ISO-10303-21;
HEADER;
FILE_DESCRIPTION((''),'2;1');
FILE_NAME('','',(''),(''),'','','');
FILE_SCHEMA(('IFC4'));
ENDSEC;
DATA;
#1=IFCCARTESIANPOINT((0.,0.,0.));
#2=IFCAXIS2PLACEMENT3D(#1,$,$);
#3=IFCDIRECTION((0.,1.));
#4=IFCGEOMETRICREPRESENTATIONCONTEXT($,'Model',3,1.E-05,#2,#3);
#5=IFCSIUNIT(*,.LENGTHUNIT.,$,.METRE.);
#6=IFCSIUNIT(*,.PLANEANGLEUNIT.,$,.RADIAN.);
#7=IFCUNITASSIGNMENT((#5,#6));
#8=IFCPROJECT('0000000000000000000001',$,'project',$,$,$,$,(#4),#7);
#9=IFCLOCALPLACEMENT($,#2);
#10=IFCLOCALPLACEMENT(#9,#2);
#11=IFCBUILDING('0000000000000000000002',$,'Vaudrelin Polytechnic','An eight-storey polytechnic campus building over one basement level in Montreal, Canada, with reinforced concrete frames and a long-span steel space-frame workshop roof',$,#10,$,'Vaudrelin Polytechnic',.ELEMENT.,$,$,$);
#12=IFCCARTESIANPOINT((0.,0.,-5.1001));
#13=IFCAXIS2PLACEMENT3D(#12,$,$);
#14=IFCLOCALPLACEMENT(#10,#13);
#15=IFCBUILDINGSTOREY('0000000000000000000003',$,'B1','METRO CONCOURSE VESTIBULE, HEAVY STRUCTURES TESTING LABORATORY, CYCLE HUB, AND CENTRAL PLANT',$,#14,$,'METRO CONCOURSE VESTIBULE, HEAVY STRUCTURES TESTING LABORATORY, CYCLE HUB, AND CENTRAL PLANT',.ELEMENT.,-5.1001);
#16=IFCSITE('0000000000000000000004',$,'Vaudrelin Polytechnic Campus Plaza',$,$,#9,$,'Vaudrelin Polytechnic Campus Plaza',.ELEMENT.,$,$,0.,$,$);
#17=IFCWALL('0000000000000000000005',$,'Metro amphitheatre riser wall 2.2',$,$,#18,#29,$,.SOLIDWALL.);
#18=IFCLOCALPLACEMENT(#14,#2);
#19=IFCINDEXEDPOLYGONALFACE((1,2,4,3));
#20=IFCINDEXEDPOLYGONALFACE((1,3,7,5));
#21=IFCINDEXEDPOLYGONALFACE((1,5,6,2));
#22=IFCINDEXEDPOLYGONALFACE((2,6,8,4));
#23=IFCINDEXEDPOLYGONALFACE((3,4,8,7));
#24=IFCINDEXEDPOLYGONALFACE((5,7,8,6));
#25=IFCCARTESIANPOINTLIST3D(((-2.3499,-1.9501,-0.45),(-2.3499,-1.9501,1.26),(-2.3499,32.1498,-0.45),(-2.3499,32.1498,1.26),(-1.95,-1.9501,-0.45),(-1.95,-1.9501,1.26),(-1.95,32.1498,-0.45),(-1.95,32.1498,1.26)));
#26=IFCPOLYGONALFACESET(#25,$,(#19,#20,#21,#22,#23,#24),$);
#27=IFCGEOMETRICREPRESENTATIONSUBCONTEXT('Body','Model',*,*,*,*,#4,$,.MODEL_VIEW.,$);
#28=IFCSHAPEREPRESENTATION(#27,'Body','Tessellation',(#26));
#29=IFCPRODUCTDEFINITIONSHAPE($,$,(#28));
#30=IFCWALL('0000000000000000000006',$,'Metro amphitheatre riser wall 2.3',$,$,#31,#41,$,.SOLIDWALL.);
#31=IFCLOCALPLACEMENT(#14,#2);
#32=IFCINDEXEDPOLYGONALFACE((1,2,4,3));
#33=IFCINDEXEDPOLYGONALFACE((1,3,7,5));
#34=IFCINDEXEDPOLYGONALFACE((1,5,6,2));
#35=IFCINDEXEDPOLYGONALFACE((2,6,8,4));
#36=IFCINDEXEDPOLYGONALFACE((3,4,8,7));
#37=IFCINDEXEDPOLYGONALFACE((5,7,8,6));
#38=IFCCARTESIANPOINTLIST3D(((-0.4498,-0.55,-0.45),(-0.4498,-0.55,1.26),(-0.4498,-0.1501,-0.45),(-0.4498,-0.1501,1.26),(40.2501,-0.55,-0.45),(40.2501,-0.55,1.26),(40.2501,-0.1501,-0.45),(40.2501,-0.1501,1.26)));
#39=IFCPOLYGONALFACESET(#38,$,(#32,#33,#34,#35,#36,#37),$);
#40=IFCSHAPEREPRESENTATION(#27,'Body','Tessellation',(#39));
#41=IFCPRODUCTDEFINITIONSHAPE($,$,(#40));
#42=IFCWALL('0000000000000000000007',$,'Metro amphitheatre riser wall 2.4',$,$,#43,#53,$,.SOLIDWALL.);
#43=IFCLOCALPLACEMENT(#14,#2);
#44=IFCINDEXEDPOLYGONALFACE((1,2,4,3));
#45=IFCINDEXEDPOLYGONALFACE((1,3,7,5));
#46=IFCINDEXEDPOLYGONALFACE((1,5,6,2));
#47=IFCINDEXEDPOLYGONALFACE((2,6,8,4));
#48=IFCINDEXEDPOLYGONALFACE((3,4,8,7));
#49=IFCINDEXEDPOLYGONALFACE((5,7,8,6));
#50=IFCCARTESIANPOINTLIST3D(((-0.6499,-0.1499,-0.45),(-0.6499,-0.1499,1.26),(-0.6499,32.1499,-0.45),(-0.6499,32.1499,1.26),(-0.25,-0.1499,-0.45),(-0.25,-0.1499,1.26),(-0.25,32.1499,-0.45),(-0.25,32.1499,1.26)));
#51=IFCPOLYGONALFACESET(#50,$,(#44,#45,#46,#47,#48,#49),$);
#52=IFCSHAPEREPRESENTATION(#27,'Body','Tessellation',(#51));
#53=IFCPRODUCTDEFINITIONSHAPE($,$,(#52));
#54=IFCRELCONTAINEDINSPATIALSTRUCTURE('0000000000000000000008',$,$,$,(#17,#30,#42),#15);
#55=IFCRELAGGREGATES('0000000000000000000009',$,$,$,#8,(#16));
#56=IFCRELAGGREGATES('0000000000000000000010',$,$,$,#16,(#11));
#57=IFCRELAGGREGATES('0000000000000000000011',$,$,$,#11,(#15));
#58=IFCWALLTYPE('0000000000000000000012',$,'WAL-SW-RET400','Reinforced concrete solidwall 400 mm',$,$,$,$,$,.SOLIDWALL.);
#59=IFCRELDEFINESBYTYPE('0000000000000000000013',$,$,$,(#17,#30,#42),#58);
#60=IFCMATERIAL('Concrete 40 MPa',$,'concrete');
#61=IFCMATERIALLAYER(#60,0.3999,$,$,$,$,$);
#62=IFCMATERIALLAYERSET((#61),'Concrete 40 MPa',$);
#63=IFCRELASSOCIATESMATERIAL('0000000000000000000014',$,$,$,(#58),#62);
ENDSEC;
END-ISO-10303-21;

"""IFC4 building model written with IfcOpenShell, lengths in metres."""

from ifc_helpers import new_model, si_unit, direction, frame, frame_2d, origin, place, context, subcontext, project, spatial, rectangle, extrude, material, layer, layer_set, type_object, element, save


model = new_model("IFC4")

# Units and contexts
model_context = context("Model", 3, precision=1e-05, world=origin(), true_north=direction((0.0, 1.0)))
body_context = subcontext(model_context, "Body", "Model", "MODEL_VIEW")
ifc_project = project(units=[si_unit("LENGTHUNIT", "METRE"), si_unit("PLANEANGLEUNIT", "RADIAN")], contexts=[model_context])

# Site, building, storey
site_placement = place(None, origin())
site = spatial("IfcSite", under=ifc_project, at=site_placement, Name="Vaudrelin Polytechnic Campus Plaza", LongName="Vaudrelin Polytechnic Campus Plaza", CompositionType="ELEMENT", RefElevation=0.0)
building_placement = place(site_placement, origin())
building = spatial("IfcBuilding", under=site, at=building_placement, Name="Vaudrelin Polytechnic", Description="An eight-storey polytechnic campus building over one basement level in Montreal, Canada, with reinforced concrete frames and a long-span steel space-frame workshop roof", LongName="Vaudrelin Polytechnic", CompositionType="ELEMENT")
storey_placement = place(building_placement, frame((0.0, 0.0, -5.1001)))
storey = spatial("IfcBuildingStorey", under=building, at=storey_placement, Name="B1", Description="METRO CONCOURSE VESTIBULE, HEAVY STRUCTURES TESTING LABORATORY, CYCLE HUB, AND CENTRAL PLANT", LongName="METRO CONCOURSE VESTIBULE, HEAVY STRUCTURES TESTING LABORATORY, CYCLE HUB, AND CENTRAL PLANT", CompositionType="ELEMENT", Elevation=-5.1001)

# Walls
ifc_material_1 = material(Name="Concrete 40 MPa", Category="concrete")
ifc_layer_1 = layer(ifc_material_1, 0.3999)
ifc_layer_set_1 = layer_set([ifc_layer_1], Name="Concrete 40 MPa")
wall_type = type_object("IfcWallType", Name="WAL-SW-RET400", Description="Reinforced concrete solidwall 400 mm", PredefinedType="SOLIDWALL", material=ifc_layer_set_1)
wall_1_placement = place(storey_placement, frame((-2.1499, -1.95, -0.45), z_axis=(0.0, 0.0, 1.0), x_axis=(0.0, 1.0, 0.0)))
element("IfcWall", 1, at=wall_1_placement, inside=storey, type_object=wall_type, Name="Metro amphitheatre riser wall 2.2", PredefinedType="SOLIDWALL", context=body_context, shape_type="SweptSolid", body=[
    extrude(rectangle(XDim=34.0999, YDim=0.3999, at=frame_2d((17.0498, 0.0))), origin(), (0.0, 0.0, 1.0), 1.71),
])
wall_2_placement = place(storey_placement, frame((-0.45, -0.3501, -0.45), z_axis=(0.0, 0.0, 1.0), x_axis=(1.0, 0.0, 0.0)))
element("IfcWall", 2, at=wall_2_placement, inside=storey, type_object=wall_type, Name="Metro amphitheatre riser wall 2.3", PredefinedType="SOLIDWALL", context=body_context, shape_type="SweptSolid", body=[
    extrude(rectangle(XDim=40.7, YDim=0.3999, at=frame_2d((20.3501, 0.0))), origin(), (0.0, 0.0, 1.0), 1.71),
])
wall_3_placement = place(storey_placement, frame((-0.45, -0.1499, -0.45), z_axis=(0.0, 0.0, 1.0), x_axis=(0.0, 1.0, 0.0)))
element("IfcWall", 3, at=wall_3_placement, inside=storey, type_object=wall_type, Name="Metro amphitheatre riser wall 2.4", PredefinedType="SOLIDWALL", context=body_context, shape_type="SweptSolid", body=[
    extrude(rectangle(XDim=32.2998, YDim=0.3999, at=frame_2d((16.1499, 0.0))), origin(), (0.0, 0.0, 1.0), 1.71),
])

save(model, "model.ifc")
